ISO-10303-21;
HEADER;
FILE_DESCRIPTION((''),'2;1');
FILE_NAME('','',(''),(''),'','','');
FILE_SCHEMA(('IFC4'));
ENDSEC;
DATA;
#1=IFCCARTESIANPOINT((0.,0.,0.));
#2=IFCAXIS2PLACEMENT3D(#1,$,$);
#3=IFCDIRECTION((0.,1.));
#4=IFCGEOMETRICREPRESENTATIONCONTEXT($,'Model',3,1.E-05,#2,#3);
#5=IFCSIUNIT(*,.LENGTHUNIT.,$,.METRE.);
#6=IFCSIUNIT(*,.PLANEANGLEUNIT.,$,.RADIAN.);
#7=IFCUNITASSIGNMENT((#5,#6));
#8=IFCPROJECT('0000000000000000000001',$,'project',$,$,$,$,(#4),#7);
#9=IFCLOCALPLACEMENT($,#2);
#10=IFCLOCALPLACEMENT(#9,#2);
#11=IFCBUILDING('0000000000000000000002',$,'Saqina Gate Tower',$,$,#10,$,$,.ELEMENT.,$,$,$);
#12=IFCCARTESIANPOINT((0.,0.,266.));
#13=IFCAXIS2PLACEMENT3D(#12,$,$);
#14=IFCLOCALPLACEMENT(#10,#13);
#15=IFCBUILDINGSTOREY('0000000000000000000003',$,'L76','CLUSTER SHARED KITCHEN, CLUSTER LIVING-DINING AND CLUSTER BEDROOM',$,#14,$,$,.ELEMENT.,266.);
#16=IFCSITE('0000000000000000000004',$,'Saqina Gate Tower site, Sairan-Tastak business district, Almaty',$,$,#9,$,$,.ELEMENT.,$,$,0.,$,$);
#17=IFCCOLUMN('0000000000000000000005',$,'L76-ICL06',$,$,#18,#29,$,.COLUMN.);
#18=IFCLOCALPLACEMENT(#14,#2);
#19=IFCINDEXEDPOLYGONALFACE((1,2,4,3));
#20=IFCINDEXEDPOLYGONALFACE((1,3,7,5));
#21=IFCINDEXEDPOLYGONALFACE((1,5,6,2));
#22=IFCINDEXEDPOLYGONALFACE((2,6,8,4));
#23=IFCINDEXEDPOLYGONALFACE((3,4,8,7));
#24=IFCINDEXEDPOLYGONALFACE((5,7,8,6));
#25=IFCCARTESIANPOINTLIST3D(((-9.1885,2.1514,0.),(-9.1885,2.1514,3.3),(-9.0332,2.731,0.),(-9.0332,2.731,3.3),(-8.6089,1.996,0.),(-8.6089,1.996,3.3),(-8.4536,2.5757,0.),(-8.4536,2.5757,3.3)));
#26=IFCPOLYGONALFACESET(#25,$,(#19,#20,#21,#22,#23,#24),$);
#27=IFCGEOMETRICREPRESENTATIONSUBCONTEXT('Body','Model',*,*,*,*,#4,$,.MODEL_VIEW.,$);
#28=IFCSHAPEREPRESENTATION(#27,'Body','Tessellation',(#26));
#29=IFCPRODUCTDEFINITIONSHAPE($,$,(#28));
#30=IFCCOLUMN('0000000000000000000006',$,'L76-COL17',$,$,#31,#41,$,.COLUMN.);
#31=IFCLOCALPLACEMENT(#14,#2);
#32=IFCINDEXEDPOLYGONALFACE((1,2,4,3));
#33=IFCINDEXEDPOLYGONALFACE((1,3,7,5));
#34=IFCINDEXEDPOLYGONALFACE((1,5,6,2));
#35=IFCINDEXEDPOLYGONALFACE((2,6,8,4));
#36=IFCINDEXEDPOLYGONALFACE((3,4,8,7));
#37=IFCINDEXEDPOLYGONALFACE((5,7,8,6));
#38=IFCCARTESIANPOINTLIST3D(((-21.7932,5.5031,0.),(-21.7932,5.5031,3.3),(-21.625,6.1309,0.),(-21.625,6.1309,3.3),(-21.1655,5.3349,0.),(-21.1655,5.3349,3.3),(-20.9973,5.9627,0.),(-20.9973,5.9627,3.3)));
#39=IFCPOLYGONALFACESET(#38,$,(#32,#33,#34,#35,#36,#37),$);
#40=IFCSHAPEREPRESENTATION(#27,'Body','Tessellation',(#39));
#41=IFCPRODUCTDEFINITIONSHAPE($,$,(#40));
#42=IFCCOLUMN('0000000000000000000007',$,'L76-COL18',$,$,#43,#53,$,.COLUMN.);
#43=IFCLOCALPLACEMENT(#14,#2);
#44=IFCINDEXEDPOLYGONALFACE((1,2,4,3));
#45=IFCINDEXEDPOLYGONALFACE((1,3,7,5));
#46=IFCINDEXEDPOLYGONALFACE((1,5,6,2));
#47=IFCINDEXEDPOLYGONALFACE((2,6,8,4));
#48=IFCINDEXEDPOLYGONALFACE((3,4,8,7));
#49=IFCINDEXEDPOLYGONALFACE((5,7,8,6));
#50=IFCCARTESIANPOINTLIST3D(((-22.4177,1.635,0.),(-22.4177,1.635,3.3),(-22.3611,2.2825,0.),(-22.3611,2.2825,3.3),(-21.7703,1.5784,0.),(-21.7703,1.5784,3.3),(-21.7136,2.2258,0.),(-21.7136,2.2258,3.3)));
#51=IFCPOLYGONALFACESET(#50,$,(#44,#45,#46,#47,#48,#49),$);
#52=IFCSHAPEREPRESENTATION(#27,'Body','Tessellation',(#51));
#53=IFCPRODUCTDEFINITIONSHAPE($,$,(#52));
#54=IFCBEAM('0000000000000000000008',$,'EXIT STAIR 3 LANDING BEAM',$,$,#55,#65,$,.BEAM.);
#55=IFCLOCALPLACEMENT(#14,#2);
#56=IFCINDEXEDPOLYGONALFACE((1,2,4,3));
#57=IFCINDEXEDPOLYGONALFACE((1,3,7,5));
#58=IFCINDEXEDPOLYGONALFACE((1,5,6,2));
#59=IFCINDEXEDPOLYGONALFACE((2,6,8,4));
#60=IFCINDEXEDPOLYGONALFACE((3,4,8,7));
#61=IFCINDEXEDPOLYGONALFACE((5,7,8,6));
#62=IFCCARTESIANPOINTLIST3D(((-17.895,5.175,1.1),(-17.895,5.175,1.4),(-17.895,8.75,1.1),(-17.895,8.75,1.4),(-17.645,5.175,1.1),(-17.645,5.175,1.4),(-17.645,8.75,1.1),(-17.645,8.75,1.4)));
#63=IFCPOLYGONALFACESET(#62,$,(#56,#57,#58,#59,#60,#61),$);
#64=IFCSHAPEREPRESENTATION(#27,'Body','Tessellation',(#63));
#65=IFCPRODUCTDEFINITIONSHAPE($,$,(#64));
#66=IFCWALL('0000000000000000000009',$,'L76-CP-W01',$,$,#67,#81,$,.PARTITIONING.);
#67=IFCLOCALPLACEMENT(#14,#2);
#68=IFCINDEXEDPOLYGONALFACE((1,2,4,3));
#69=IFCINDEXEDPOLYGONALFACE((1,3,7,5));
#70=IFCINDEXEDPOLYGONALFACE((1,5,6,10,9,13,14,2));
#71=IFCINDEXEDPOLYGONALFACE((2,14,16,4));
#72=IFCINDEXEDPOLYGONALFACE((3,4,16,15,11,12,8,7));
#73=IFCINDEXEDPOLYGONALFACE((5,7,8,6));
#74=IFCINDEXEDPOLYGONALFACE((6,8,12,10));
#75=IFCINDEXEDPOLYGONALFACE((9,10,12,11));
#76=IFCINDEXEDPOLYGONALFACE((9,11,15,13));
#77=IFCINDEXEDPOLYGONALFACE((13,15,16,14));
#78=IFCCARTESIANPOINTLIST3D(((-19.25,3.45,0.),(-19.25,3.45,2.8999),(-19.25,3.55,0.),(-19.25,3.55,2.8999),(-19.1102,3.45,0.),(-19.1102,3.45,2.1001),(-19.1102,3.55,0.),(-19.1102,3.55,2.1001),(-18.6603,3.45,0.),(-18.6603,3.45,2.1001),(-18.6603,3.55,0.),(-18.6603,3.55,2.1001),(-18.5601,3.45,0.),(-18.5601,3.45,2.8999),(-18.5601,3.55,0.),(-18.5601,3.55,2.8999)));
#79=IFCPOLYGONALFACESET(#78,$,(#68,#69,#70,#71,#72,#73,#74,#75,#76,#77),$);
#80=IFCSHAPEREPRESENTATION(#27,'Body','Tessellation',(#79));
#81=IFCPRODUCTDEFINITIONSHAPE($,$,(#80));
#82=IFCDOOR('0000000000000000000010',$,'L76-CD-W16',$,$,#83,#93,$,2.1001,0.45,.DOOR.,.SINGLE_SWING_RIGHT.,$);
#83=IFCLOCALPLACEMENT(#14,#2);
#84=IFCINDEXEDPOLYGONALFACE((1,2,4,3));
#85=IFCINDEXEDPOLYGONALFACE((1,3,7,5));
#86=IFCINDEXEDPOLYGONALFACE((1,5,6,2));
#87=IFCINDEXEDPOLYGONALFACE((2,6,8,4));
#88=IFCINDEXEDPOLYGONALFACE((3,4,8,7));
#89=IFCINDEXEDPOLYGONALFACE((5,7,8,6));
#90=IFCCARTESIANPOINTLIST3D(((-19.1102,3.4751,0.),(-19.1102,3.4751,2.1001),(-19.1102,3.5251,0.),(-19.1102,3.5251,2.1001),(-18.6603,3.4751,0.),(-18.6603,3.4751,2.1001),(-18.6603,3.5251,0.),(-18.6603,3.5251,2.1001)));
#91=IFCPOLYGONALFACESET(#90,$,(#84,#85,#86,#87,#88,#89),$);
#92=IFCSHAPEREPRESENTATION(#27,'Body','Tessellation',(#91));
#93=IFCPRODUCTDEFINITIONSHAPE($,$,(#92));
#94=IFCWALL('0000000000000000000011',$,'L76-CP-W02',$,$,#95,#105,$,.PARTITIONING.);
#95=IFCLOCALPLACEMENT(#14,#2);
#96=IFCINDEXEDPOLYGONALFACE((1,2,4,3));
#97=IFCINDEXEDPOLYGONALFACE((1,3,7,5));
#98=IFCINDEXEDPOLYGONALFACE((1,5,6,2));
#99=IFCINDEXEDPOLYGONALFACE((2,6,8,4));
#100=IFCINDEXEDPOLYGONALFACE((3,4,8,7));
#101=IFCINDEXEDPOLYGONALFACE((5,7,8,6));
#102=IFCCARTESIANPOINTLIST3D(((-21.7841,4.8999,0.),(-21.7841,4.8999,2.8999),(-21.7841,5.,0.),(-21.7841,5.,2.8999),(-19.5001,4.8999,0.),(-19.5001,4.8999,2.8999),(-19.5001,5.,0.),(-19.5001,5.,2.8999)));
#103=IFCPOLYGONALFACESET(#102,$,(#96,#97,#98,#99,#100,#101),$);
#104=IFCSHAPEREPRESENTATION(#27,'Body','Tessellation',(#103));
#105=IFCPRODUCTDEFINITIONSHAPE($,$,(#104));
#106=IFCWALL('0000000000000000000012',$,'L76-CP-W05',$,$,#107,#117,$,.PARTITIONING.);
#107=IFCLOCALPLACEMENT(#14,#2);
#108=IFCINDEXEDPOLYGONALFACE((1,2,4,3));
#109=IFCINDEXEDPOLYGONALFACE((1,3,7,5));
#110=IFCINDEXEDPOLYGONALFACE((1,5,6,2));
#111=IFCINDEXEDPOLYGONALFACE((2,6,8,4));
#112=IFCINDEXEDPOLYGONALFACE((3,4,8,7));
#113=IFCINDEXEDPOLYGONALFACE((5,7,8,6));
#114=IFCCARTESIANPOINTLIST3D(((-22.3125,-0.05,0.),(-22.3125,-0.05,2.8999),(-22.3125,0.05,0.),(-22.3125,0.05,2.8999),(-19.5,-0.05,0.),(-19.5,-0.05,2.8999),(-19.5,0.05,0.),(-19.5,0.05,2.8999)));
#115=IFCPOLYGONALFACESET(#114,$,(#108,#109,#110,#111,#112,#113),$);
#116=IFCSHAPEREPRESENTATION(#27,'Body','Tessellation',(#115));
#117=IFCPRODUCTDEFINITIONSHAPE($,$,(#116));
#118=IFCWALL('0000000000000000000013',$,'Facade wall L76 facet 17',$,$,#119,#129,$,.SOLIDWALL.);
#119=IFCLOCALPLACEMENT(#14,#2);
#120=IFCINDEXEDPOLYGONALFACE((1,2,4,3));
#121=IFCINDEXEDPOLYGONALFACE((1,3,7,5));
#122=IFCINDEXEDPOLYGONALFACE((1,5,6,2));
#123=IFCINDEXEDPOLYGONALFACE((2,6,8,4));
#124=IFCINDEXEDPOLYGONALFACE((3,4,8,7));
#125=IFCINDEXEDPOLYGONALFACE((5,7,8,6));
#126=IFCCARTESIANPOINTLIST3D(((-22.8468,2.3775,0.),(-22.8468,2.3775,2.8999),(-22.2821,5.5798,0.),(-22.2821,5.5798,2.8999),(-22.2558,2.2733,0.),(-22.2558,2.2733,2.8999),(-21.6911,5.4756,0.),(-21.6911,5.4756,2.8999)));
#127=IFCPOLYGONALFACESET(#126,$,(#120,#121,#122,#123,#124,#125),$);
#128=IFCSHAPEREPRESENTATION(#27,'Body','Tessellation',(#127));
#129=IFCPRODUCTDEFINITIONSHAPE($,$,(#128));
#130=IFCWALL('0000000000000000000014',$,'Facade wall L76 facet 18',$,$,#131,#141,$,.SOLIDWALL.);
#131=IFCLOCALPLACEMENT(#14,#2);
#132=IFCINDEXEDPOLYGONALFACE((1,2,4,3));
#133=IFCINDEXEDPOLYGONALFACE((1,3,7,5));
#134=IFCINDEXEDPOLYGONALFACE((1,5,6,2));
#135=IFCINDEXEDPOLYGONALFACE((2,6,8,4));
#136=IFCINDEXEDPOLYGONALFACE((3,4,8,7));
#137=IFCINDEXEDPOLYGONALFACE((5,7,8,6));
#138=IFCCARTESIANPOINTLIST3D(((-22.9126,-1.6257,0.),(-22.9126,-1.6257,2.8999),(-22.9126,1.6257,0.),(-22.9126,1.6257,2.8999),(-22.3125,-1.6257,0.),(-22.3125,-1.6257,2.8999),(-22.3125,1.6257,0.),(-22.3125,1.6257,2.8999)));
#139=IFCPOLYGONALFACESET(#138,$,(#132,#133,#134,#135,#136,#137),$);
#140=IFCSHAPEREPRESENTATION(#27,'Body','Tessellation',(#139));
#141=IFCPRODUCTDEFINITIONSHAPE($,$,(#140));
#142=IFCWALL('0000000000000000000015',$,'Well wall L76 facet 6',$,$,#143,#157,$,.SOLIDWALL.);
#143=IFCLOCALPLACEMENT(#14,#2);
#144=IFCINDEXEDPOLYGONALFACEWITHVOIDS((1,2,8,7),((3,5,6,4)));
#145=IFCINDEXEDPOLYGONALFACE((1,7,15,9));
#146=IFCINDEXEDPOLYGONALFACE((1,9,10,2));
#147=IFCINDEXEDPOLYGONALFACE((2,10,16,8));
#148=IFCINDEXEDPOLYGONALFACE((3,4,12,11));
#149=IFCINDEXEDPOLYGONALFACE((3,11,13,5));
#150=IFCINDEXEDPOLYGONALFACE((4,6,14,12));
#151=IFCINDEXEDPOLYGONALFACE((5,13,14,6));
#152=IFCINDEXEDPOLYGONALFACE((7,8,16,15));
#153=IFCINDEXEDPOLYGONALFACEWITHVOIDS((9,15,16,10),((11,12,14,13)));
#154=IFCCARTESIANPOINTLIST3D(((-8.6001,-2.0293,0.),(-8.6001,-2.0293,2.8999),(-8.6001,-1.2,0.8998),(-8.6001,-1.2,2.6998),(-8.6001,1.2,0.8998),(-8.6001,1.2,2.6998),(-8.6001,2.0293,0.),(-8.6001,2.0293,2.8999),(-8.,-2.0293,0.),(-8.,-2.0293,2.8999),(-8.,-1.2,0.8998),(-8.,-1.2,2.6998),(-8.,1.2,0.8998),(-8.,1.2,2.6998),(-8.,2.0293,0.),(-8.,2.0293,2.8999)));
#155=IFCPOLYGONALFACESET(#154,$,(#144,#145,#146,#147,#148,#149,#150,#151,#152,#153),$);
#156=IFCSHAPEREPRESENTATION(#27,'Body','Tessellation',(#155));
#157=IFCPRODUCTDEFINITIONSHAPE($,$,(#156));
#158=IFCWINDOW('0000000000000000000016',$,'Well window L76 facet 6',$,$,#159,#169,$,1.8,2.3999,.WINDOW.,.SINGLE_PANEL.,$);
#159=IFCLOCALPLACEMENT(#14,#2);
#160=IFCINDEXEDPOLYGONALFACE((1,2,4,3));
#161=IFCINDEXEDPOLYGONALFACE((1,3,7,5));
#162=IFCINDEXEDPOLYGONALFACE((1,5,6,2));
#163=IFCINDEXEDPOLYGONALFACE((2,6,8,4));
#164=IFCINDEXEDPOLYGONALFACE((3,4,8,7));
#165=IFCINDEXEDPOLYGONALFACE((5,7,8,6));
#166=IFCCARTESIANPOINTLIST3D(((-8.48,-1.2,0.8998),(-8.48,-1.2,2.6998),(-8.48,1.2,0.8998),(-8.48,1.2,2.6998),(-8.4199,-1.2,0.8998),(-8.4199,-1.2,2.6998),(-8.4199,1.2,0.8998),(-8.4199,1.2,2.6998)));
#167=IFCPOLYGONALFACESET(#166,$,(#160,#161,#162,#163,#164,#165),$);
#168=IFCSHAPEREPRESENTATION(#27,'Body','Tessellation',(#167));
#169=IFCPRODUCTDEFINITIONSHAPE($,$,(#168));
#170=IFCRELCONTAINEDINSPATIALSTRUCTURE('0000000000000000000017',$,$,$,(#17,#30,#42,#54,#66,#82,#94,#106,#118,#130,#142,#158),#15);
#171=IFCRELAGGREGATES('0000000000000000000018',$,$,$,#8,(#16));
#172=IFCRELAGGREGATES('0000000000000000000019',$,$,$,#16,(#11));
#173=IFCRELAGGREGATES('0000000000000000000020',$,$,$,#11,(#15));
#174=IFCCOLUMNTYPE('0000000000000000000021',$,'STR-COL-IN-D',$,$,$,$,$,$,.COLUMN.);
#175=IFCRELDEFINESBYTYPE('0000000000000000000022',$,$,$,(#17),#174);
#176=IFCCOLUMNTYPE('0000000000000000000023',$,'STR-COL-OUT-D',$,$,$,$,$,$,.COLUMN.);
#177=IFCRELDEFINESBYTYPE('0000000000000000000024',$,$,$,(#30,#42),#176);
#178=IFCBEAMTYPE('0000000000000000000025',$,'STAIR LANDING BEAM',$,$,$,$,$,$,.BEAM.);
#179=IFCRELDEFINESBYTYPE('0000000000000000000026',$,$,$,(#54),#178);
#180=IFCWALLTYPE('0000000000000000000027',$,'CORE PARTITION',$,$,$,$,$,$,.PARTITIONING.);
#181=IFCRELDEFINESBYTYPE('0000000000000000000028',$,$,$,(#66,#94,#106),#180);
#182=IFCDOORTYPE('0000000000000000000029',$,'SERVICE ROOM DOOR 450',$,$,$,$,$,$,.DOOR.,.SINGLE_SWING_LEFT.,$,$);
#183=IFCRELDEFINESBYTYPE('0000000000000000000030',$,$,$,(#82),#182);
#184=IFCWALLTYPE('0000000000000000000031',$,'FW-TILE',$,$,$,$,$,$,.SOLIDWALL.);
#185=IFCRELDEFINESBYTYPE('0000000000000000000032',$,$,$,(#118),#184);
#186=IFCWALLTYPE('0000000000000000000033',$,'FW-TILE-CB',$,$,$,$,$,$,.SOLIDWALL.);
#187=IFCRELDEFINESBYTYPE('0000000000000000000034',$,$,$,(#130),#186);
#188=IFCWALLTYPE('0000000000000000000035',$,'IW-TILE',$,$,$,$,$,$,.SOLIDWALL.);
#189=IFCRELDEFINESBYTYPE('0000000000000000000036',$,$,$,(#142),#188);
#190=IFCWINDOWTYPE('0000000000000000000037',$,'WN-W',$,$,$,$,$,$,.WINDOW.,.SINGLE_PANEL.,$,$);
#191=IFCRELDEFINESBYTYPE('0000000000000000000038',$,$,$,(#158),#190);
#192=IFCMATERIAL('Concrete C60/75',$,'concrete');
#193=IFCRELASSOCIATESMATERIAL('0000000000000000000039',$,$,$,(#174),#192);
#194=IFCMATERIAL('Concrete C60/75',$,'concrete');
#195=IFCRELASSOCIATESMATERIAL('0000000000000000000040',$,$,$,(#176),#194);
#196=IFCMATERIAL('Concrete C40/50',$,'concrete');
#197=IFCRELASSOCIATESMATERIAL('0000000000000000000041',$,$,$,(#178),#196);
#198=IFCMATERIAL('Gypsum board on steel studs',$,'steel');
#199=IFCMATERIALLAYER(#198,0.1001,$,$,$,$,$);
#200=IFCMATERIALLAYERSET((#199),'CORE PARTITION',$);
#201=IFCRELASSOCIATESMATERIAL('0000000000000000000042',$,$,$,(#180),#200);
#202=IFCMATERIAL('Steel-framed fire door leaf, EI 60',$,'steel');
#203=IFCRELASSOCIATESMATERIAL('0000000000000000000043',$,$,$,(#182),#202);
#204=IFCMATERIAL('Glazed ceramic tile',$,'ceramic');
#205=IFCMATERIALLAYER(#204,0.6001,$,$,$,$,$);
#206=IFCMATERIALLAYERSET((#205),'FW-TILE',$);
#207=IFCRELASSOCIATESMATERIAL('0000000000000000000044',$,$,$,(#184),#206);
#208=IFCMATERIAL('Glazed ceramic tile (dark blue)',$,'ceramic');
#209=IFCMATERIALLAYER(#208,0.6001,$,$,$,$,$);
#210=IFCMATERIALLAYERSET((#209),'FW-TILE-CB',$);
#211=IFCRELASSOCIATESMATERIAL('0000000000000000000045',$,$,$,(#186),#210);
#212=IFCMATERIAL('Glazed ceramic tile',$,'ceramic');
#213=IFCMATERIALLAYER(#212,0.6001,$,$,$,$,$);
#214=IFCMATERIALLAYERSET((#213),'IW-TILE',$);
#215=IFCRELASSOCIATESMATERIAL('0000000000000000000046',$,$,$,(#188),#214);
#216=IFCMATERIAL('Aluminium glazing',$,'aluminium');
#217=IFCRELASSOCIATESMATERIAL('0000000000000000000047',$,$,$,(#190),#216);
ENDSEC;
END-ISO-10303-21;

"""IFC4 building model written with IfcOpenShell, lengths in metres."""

from ifc_helpers import new_model, si_unit, direction, frame, frame_2d, origin, origin_2d, place, context, subcontext, project, spatial, rectangle, extrude, material, layer, layer_set, material_profile, profile_set, type_object, element, fill, save


model = new_model("IFC4")

# Units and contexts
model_context = context("Model", 3, precision=1e-05, world=origin(), true_north=direction((0.0, 1.0)))
body_context = subcontext(model_context, "Body", "Model", "MODEL_VIEW")
ifc_project = project(units=[si_unit("LENGTHUNIT", "METRE"), si_unit("PLANEANGLEUNIT", "RADIAN")], contexts=[model_context])

# Site, building, storey
site_placement = place(None, origin())
site = spatial("IfcSite", under=ifc_project, at=site_placement, Name="Saqina Gate Tower site, Sairan-Tastak business district, Almaty", CompositionType="ELEMENT", RefElevation=0.0)
building_placement = place(site_placement, origin())
building = spatial("IfcBuilding", under=site, at=building_placement, Name="Saqina Gate Tower", CompositionType="ELEMENT")
storey_placement = place(building_placement, frame((0.0, 0.0, 266.0)))
storey = spatial("IfcBuildingStorey", under=building, at=storey_placement, Name="L76", Description="CLUSTER SHARED KITCHEN, CLUSTER LIVING-DINING AND CLUSTER BEDROOM", CompositionType="ELEMENT", Elevation=266.0)

# Columns
ifc_material_1 = material(Name="Concrete C60/75", Category="concrete")
ifc_material_profile_1 = material_profile(ifc_material_1, rectangle(XDim=0.6001, YDim=0.6001, at=origin_2d()), Name="RC 600x600")
ifc_profile_set_1 = profile_set([ifc_material_profile_1], Name="Concrete C60/75")
column_type_1 = type_object("IfcColumnType", Name="STR-COL-IN-D", PredefinedType="COLUMN", material=ifc_profile_set_1)
column_placement = place(storey_placement, frame((-8.821, 2.3635, 0.0), z_axis=(0.0, 0.0, 1.0), x_axis=(-0.965926, 0.258819, 0.0)))
element("IfcColumn", 1, at=column_placement, inside=storey, type_object=column_type_1, Name="L76-ICL06", PredefinedType="COLUMN", context=body_context, shape_type="SweptSolid", body=[
    extrude(rectangle(XDim=0.6001, YDim=0.6001, at=origin_2d()), origin(), (0.0, 0.0, 1.0), 3.3),
])
ifc_material_2 = material(Name="Concrete C60/75", Category="concrete")
ifc_material_profile_2 = material_profile(ifc_material_2, rectangle(XDim=0.6499, YDim=0.6499, at=origin_2d()), Name="RC 650x650")
ifc_profile_set_2 = profile_set([ifc_material_profile_2], Name="Concrete C60/75")
column_type_2 = type_object("IfcColumnType", Name="STR-COL-OUT-D", PredefinedType="COLUMN", material=ifc_profile_set_2)
for number, where, z_axis, x_axis, name in (
    (2, (-21.3953, 5.7329, 0.0), (0.0, 0.0, 1.0), (-0.965926, 0.258819, 0.0), "L76-COL17"),
    (3, (-22.0657, 1.9304, 0.0), (0.0, 0.0, 1.0), (-0.996195, 0.087156, 0.0), "L76-COL18"),
):
    element("IfcColumn", number, at=place(storey_placement, frame(where, z_axis=z_axis, x_axis=x_axis)), inside=storey, type_object=column_type_2, Name=name, PredefinedType="COLUMN", context=body_context, shape_type="SweptSolid", body=[
        extrude(rectangle(XDim=0.6499, YDim=0.6499, at=origin_2d()), origin(), (0.0, 0.0, 1.0), 3.3),
    ])

# Beam
ifc_material_3 = material(Name="Concrete C40/50", Category="concrete")
ifc_material_profile_3 = material_profile(ifc_material_3, rectangle(XDim=0.25, YDim=0.3, at=origin_2d()), Name="STAIR LANDING BEAM")
ifc_profile_set_3 = profile_set([ifc_material_profile_3], Name="Concrete C40/50")
beam_type = type_object("IfcBeamType", Name="STAIR LANDING BEAM", PredefinedType="BEAM", material=ifc_profile_set_3)
beam_placement = place(storey_placement, frame((-17.77, 5.175, 1.25), z_axis=(0.0, 1.0, 0.0), x_axis=(-1.0, 0.0, 0.0)))
element("IfcBeam", 4, at=beam_placement, inside=storey, type_object=beam_type, Name="EXIT STAIR 3 LANDING BEAM", PredefinedType="BEAM", context=body_context, shape_type="SweptSolid", body=[
    extrude(rectangle(XDim=0.25, YDim=0.3, at=origin_2d()), origin(), (0.0, 0.0, 1.0), 3.575),
])

# Wall, opening, door
ifc_material_4 = material(Name="Gypsum board on steel studs", Category="steel")
ifc_layer_1 = layer(ifc_material_4, 0.1001)
ifc_layer_set_1 = layer_set([ifc_layer_1], Name="CORE PARTITION")
wall_type_1 = type_object("IfcWallType", Name="CORE PARTITION", PredefinedType="PARTITIONING", material=ifc_layer_set_1)
wall_1_placement = place(storey_placement, frame((-18.5601, 3.5, 0.0), z_axis=(0.0, 0.0, 1.0), x_axis=(-1.0, 0.0, 0.0)))
wall_1 = element("IfcWall", 5, at=wall_1_placement, inside=storey, type_object=wall_type_1, Name="L76-CP-W01", PredefinedType="PARTITIONING", context=body_context, shape_type="SweptSolid", body=[
    extrude(rectangle(XDim=0.6899, YDim=0.1001, at=frame_2d((0.345, 0.0))), origin(), (0.0, 0.0, 1.0), 2.8999),
])
opening_1_placement = place(wall_1_placement, frame((0.1001, 0.0, 0.0)))
opening_1 = element("IfcOpeningElement", 6, at=opening_1_placement, cuts=wall_1, PredefinedType="OPENING", context=body_context, shape_type="SweptSolid", body=[
    extrude(rectangle(XDim=0.45, YDim=2.1001, at=frame_2d((0.2251, 1.05))), frame((0.0, 0.062, 0.0), z_axis=(0.0, -1.0, 0.0), x_axis=(1.0, 0.0, 0.0)), (0.0, 0.0, 1.0), 0.124),
])
ifc_material_5 = material(Name="Steel-framed fire door leaf, EI 60", Category="steel")
door_type_1 = type_object("IfcDoorType", Name="SERVICE ROOM DOOR 450", OperationType="SINGLE_SWING_LEFT", PredefinedType="DOOR", material=ifc_material_5)
door_1_placement = place(opening_1_placement, origin())
door_1 = element("IfcDoor", 7, at=door_1_placement, inside=storey, type_object=door_type_1, Name="L76-CD-W16", OperationType="SINGLE_SWING_RIGHT", OverallHeight=2.1001, OverallWidth=0.45, PredefinedType="DOOR", context=body_context, shape_type="SweptSolid", body=[
    extrude(rectangle(XDim=0.45, YDim=2.1001, at=frame_2d((0.2251, 1.05))), frame((0.0, 0.0249, 0.0), z_axis=(0.0, -1.0, 0.0), x_axis=(1.0, 0.0, 0.0)), (0.0, 0.0, 1.0), 0.05),
])
fill(opening_1, door_1)

# Walls
wall_2_placement = place(storey_placement, frame((-19.5, 4.95, 0.0), z_axis=(0.0, 0.0, 1.0), x_axis=(-1.0, 0.0, 0.0)))
element("IfcWall", 8, at=wall_2_placement, inside=storey, type_object=wall_type_1, Name="L76-CP-W02", PredefinedType="PARTITIONING", context=body_context, shape_type="SweptSolid", body=[
    extrude(rectangle(XDim=2.2839, YDim=0.1001, at=frame_2d((1.1421, 0.0))), origin(), (0.0, 0.0, 1.0), 2.8999),
])
wall_3_placement = place(storey_placement, frame((-19.5, 0.0, 0.0), z_axis=(0.0, 0.0, 1.0), x_axis=(-1.0, 0.0, 0.0)))
element("IfcWall", 9, at=wall_3_placement, inside=storey, type_object=wall_type_1, Name="L76-CP-W05", PredefinedType="PARTITIONING", context=body_context, shape_type="SweptSolid", body=[
    extrude(rectangle(XDim=2.8125, YDim=0.1001, at=frame_2d((1.4062, 0.0))), origin(), (0.0, 0.0, 1.0), 2.8999),
])
ifc_material_6 = material(Name="Glazed ceramic tile", Category="ceramic")
ifc_layer_2 = layer(ifc_material_6, 0.6001)
ifc_layer_set_2 = layer_set([ifc_layer_2], Name="FW-TILE")
wall_type_2 = type_object("IfcWallType", Name="FW-TILE", PredefinedType="SOLIDWALL", material=ifc_layer_set_2)
wall_4_placement = place(storey_placement, frame((-21.9866, 5.5278, 0.0), z_axis=(0.0, 0.0, 1.0), x_axis=(-0.173657, -0.984806, 0.0)))
element("IfcWall", 10, at=wall_4_placement, inside=storey, type_object=wall_type_2, Name="Facade wall L76 facet 17", PredefinedType="SOLIDWALL", context=body_context, shape_type="SweptSolid", body=[
    extrude(rectangle(XDim=3.2517, YDim=0.6001, at=frame_2d((1.626, 0.0))), origin(), (0.0, 0.0, 1.0), 2.8999),
])
ifc_material_7 = material(Name="Glazed ceramic tile (dark blue)", Category="ceramic")
ifc_layer_3 = layer(ifc_material_7, 0.6001)
ifc_layer_set_3 = layer_set([ifc_layer_3], Name="FW-TILE-CB")
wall_type_3 = type_object("IfcWallType", Name="FW-TILE-CB", PredefinedType="SOLIDWALL", material=ifc_layer_set_3)
wall_5_placement = place(storey_placement, frame((-22.6125, 1.6257, 0.0), z_axis=(0.0, 0.0, 1.0), x_axis=(0.0, -1.0, 0.0)))
element("IfcWall", 11, at=wall_5_placement, inside=storey, type_object=wall_type_3, Name="Facade wall L76 facet 18", PredefinedType="SOLIDWALL", context=body_context, shape_type="SweptSolid", body=[
    extrude(rectangle(XDim=3.2515, YDim=0.6001, at=frame_2d((1.6257, 0.0))), origin(), (0.0, 0.0, 1.0), 2.8999),
])

# Wall, opening, window
ifc_material_8 = material(Name="Glazed ceramic tile", Category="ceramic")
ifc_layer_4 = layer(ifc_material_8, 0.6001)
ifc_layer_set_4 = layer_set([ifc_layer_4], Name="IW-TILE")
wall_type_4 = type_object("IfcWallType", Name="IW-TILE", PredefinedType="SOLIDWALL", material=ifc_layer_set_4)
wall_6_placement = place(storey_placement, frame((-8.3, 2.0293, 0.0), z_axis=(0.0, 0.0, 1.0), x_axis=(0.0, -1.0, 0.0)))
wall_6 = element("IfcWall", 12, at=wall_6_placement, inside=storey, type_object=wall_type_4, Name="Well wall L76 facet 6", PredefinedType="SOLIDWALL", context=body_context, shape_type="SweptSolid", body=[
    extrude(rectangle(XDim=4.0586, YDim=0.6001, at=frame_2d((2.0293, 0.0))), origin(), (0.0, 0.0, 1.0), 2.8999),
])
opening_2_placement = place(wall_6_placement, frame((0.8293, 0.0, 0.8999)))
opening_2 = element("IfcOpeningElement", 13, at=opening_2_placement, cuts=wall_6, PredefinedType="OPENING", context=body_context, shape_type="SweptSolid", body=[
    extrude(rectangle(XDim=2.3999, YDim=1.8, at=frame_2d((1.2, 0.8999))), frame((0.0, 0.312, 0.0), z_axis=(0.0, -1.0, 0.0), x_axis=(1.0, 0.0, 0.0)), (0.0, 0.0, 1.0), 0.624),
])
ifc_material_9 = material(Name="Aluminium glazing", Category="aluminium")
window_type = type_object("IfcWindowType", Name="WN-W", PartitioningType="SINGLE_PANEL", PredefinedType="WINDOW", material=ifc_material_9)
window_placement = place(opening_2_placement, origin())
window = element("IfcWindow", 14, at=window_placement, inside=storey, type_object=window_type, Name="Well window L76 facet 6", OverallHeight=1.8, OverallWidth=2.3999, PartitioningType="SINGLE_PANEL", PredefinedType="WINDOW", context=body_context, shape_type="SweptSolid", body=[
    extrude(rectangle(XDim=2.3999, YDim=1.8, at=frame_2d((1.2, 0.8999))), frame((0.0, -0.1199, 0.0), z_axis=(0.0, -1.0, 0.0), x_axis=(1.0, 0.0, 0.0)), (0.0, 0.0, 1.0), 0.0601),
])
fill(opening_2, window)

save(model, "model.ifc")
